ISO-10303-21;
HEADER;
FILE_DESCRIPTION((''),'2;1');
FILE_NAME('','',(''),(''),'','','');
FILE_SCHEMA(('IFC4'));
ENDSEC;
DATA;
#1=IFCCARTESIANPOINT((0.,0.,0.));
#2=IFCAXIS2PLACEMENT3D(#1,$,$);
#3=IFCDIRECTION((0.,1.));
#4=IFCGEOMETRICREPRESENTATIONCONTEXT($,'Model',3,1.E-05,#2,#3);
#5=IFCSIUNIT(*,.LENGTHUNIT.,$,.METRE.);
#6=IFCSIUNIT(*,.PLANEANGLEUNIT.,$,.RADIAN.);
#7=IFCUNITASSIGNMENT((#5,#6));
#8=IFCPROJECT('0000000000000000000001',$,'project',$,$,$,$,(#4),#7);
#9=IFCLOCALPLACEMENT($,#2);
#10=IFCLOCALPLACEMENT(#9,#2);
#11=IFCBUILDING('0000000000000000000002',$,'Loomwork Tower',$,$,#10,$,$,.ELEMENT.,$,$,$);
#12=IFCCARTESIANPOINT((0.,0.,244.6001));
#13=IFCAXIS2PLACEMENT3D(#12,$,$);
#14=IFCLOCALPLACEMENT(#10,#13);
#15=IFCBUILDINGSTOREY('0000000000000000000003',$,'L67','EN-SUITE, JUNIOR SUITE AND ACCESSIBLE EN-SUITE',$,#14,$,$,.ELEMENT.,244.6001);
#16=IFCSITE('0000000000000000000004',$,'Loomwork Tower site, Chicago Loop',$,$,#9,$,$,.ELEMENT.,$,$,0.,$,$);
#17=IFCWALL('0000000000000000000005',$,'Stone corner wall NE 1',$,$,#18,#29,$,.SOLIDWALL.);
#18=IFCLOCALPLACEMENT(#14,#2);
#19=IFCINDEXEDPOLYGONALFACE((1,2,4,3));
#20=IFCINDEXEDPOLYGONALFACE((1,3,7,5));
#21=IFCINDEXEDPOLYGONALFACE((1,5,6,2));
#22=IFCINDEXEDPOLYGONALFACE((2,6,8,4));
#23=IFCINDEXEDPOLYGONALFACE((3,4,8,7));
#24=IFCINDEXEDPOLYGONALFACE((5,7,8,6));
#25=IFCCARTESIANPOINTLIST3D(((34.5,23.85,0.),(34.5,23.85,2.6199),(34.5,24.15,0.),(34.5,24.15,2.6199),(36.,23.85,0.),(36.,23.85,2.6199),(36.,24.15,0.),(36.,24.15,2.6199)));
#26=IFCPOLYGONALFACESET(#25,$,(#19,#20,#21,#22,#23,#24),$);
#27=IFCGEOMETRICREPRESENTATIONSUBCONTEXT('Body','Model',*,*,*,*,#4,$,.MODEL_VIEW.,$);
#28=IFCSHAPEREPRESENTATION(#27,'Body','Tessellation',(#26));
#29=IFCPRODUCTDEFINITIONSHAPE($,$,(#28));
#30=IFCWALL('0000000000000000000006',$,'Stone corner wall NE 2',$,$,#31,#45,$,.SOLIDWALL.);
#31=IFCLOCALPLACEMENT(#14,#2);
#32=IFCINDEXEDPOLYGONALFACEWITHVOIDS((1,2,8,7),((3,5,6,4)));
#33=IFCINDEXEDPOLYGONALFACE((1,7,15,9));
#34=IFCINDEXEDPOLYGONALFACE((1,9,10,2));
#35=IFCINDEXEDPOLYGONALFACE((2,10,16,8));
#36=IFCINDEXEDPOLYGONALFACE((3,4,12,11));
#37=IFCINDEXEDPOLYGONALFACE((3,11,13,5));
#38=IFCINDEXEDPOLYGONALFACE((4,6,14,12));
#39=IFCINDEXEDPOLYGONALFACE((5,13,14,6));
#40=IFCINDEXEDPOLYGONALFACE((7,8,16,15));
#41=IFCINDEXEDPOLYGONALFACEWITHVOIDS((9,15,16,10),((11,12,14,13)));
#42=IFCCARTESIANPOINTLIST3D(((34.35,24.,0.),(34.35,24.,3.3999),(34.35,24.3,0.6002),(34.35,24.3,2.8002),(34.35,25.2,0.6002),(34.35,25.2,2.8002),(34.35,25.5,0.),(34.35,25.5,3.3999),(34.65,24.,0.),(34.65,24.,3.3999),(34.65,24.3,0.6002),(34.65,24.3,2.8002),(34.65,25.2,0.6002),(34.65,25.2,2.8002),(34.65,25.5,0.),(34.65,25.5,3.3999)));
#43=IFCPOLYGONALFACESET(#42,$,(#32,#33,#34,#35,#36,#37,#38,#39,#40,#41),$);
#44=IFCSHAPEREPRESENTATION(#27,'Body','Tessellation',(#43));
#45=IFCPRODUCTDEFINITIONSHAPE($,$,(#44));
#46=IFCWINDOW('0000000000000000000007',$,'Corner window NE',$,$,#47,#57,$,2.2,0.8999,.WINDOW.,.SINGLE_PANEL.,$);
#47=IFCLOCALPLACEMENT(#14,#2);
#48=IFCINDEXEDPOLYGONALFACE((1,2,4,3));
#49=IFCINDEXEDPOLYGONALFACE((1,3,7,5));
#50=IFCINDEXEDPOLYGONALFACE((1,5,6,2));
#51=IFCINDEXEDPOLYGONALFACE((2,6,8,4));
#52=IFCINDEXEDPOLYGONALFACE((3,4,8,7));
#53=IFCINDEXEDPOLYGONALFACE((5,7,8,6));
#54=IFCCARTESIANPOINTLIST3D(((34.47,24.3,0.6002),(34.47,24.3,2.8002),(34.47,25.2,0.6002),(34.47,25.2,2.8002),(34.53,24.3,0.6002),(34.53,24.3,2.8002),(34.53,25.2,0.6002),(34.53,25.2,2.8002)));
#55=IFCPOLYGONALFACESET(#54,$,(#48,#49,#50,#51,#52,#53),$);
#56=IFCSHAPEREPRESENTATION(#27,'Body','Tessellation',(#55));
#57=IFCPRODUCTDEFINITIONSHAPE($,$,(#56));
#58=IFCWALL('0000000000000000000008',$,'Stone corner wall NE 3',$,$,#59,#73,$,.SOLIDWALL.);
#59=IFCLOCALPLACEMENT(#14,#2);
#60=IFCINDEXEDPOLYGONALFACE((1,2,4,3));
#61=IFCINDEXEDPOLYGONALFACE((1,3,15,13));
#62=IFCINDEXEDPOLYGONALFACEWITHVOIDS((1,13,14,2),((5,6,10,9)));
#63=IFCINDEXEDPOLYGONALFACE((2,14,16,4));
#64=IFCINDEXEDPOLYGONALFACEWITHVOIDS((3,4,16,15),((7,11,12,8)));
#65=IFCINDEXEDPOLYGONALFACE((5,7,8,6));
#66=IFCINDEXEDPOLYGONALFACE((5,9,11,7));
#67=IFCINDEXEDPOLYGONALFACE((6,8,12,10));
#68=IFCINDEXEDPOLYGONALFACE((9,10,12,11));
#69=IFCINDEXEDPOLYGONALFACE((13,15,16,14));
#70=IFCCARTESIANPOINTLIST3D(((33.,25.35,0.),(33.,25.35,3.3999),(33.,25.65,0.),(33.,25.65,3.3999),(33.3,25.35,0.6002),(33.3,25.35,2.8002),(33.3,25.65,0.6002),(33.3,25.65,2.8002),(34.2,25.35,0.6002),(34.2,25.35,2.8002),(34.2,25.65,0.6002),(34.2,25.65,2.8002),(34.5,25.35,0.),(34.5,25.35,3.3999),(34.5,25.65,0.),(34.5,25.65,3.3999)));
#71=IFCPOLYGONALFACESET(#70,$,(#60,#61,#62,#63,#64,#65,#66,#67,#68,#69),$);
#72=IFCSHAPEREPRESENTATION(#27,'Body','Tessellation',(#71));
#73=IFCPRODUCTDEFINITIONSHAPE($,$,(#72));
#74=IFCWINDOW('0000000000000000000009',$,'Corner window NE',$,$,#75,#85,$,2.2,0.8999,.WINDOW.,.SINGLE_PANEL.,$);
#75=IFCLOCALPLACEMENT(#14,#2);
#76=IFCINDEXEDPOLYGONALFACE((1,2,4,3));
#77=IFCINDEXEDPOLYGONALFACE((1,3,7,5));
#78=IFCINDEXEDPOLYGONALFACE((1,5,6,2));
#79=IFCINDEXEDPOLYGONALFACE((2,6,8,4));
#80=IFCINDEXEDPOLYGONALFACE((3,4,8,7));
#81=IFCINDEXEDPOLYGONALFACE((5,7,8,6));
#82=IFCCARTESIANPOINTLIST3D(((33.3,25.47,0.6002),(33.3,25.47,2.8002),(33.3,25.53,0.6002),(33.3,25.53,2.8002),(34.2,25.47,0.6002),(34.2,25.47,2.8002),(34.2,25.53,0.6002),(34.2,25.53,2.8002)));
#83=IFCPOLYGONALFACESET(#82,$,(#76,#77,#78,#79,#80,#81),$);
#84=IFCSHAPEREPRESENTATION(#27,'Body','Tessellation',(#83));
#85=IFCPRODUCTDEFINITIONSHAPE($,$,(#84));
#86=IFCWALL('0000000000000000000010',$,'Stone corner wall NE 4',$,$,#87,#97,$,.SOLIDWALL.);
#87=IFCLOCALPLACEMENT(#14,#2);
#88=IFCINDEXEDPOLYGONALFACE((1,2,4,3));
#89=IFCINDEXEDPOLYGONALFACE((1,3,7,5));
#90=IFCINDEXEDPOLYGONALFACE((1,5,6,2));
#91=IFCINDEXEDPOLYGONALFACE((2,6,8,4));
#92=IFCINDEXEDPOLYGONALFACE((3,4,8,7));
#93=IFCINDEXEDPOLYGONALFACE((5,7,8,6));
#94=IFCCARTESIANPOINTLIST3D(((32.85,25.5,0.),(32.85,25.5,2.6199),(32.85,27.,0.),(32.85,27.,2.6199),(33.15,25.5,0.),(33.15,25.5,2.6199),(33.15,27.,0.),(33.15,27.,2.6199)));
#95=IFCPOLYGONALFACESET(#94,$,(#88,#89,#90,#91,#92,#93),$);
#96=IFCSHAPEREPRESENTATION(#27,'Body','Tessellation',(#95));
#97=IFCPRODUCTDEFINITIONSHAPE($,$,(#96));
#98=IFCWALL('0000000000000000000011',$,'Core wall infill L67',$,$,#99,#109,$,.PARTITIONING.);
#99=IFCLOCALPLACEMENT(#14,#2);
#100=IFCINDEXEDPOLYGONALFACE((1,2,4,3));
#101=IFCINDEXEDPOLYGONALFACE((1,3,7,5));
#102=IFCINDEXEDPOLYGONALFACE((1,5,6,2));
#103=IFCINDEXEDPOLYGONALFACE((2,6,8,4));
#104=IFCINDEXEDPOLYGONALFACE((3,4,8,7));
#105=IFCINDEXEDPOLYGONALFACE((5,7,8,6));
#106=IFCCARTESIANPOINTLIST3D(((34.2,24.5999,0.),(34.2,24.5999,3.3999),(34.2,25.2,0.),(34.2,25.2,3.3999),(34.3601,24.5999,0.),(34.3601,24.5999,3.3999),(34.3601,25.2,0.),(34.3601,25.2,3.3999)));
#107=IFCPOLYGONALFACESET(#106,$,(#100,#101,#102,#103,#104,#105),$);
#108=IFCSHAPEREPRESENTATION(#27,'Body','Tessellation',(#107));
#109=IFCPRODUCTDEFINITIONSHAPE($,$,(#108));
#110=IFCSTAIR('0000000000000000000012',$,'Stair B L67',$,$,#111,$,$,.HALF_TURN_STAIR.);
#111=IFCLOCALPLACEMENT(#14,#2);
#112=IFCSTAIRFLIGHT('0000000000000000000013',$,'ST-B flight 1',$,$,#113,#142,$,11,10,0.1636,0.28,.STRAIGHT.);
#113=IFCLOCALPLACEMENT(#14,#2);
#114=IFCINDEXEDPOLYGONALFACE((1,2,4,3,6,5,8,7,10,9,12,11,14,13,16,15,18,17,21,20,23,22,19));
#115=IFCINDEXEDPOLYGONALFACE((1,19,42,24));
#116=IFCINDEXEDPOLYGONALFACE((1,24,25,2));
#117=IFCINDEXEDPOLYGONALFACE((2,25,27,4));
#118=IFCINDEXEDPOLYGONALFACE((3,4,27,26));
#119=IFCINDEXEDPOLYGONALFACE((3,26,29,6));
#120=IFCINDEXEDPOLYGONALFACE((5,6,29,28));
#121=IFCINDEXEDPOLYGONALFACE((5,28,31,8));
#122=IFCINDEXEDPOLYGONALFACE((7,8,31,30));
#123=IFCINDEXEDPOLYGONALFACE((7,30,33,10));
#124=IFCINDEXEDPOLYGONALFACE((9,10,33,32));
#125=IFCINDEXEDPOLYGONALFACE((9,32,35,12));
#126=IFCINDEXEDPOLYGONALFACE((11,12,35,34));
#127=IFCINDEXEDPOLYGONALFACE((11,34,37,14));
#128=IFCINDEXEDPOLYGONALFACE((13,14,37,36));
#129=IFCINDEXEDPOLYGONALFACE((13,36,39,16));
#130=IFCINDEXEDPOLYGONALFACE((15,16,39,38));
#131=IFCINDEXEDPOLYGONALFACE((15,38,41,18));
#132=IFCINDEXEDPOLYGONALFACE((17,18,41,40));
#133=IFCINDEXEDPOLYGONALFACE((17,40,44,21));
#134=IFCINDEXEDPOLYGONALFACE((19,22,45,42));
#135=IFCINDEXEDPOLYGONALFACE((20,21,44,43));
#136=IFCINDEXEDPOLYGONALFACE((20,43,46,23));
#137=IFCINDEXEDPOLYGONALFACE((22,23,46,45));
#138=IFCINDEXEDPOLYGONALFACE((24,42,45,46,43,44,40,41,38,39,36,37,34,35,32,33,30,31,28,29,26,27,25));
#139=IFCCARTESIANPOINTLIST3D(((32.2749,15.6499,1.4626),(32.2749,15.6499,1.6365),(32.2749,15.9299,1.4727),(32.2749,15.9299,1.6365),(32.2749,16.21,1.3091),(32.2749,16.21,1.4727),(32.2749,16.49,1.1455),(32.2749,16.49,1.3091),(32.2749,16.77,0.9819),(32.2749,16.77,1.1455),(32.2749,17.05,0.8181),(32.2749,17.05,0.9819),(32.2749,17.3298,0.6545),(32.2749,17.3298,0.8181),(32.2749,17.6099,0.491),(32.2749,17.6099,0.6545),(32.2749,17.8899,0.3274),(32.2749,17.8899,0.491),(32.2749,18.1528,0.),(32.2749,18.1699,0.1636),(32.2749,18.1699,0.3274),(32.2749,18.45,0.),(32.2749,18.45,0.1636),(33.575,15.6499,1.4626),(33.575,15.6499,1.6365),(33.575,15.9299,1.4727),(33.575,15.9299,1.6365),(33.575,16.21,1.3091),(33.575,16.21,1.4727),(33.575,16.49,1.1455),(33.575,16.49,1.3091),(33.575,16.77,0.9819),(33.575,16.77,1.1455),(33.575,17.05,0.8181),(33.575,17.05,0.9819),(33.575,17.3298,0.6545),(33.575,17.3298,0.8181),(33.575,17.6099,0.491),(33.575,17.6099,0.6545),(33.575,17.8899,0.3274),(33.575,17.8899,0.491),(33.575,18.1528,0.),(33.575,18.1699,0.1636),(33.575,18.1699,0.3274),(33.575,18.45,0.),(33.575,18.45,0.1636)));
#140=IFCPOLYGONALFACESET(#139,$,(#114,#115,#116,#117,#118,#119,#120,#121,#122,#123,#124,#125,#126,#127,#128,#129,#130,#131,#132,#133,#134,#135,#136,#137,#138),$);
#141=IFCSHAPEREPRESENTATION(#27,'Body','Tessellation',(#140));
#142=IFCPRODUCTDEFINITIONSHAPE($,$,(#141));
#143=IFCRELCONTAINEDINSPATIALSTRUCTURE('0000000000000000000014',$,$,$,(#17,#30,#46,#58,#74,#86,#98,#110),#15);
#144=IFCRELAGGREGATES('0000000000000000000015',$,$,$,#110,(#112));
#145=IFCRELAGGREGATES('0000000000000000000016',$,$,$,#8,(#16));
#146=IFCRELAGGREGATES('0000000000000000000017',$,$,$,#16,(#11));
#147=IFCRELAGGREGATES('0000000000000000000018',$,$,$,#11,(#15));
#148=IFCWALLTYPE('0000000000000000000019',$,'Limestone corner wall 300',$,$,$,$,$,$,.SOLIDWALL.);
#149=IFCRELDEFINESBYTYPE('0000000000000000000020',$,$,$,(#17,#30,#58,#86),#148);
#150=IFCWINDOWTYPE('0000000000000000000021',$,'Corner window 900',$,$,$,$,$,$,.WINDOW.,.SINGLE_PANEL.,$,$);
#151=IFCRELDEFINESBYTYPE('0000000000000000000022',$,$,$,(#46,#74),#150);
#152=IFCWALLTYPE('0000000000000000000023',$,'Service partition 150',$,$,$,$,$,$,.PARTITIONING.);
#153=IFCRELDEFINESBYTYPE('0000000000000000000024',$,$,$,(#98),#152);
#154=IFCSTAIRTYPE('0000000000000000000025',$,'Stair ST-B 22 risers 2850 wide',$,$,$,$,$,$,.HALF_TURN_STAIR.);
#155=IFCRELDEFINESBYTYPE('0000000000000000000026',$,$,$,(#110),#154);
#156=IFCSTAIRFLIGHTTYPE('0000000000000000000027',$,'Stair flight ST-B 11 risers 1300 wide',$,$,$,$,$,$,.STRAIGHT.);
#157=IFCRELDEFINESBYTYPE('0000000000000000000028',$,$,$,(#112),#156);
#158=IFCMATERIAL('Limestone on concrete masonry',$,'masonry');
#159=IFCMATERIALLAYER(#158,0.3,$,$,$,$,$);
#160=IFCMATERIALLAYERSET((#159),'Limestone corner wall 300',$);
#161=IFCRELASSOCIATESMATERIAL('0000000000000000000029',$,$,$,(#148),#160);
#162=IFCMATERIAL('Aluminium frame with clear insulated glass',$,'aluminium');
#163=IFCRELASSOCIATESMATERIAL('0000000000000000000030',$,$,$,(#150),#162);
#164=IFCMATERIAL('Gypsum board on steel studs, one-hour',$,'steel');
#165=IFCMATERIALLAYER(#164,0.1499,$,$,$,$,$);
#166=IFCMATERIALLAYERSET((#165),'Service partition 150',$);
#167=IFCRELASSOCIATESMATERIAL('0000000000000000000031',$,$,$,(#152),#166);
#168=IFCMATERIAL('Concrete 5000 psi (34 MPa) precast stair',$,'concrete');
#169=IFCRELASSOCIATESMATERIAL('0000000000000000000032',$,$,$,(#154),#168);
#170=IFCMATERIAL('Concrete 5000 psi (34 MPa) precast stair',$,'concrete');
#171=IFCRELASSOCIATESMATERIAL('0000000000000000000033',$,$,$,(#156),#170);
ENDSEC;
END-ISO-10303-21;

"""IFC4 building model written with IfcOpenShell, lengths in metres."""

from ifc_helpers import new_model, si_unit, direction, frame, frame_2d, origin, place, context, subcontext, project, spatial, polyline, rectangle, outline, extrude, material, layer, layer_set, type_object, element, fill, aggregate, save


model = new_model("IFC4")

# Units and contexts
model_context = context("Model", 3, precision=1e-05, world=origin(), true_north=direction((0.0, 1.0)))
body_context = subcontext(model_context, "Body", "Model", "MODEL_VIEW")
ifc_project = project(units=[si_unit("LENGTHUNIT", "METRE"), si_unit("PLANEANGLEUNIT", "RADIAN")], contexts=[model_context])

# Site, building, storey
site_placement = place(None, origin())
site = spatial("IfcSite", under=ifc_project, at=site_placement, Name="Loomwork Tower site, Chicago Loop", CompositionType="ELEMENT", RefElevation=0.0)
building_placement = place(site_placement, origin())
building = spatial("IfcBuilding", under=site, at=building_placement, Name="Loomwork Tower", CompositionType="ELEMENT")
storey_placement = place(building_placement, frame((0.0, 0.0, 244.6001)))
storey = spatial("IfcBuildingStorey", under=building, at=storey_placement, Name="L67", Description="EN-SUITE, JUNIOR SUITE AND ACCESSIBLE EN-SUITE", CompositionType="ELEMENT", Elevation=244.6001)

# Wall
ifc_material_1 = material(Name="Limestone on concrete masonry", Category="masonry")
ifc_layer_1 = layer(ifc_material_1, 0.3)
ifc_layer_set_1 = layer_set([ifc_layer_1], Name="Limestone corner wall 300")
wall_type_1 = type_object("IfcWallType", Name="Limestone corner wall 300", PredefinedType="SOLIDWALL", material=ifc_layer_set_1)
wall_1_placement = place(storey_placement, frame((36.0, 24.0, 0.0), z_axis=(0.0, 0.0, 1.0), x_axis=(-1.0, 0.0, 0.0)))
element("IfcWall", 1, at=wall_1_placement, inside=storey, type_object=wall_type_1, Name="Stone corner wall NE 1", PredefinedType="SOLIDWALL", context=body_context, shape_type="SweptSolid", body=[
    extrude(rectangle(XDim=1.5, YDim=0.3, at=frame_2d((0.75, 0.0))), origin(), (0.0, 0.0, 1.0), 2.6199),
])

# Walls, openings, windows
wall_2_placement = place(storey_placement, frame((34.5, 24.0, 0.0), z_axis=(0.0, 0.0, 1.0), x_axis=(0.0, 1.0, 0.0)))
wall_2 = element("IfcWall", 2, at=wall_2_placement, inside=storey, type_object=wall_type_1, Name="Stone corner wall NE 2", PredefinedType="SOLIDWALL", context=body_context, shape_type="SweptSolid", body=[
    extrude(rectangle(XDim=1.5, YDim=0.3, at=frame_2d((0.75, 0.0))), origin(), (0.0, 0.0, 1.0), 3.3999),
])
opening_1_placement = place(wall_2_placement, frame((0.3, 0.0, 0.6001)))
opening_1 = element("IfcOpeningElement", 3, at=opening_1_placement, cuts=wall_2, PredefinedType="OPENING", context=body_context, shape_type="SweptSolid", body=[
    extrude(rectangle(XDim=0.8999, YDim=2.2, at=frame_2d((0.45, 1.1001))), frame((0.0, 0.1599, 0.0), z_axis=(0.0, -1.0, 0.0), x_axis=(1.0, 0.0, 0.0)), (0.0, 0.0, 1.0), 0.3201),
])
ifc_material_2 = material(Name="Aluminium frame with clear insulated glass", Category="aluminium")
window_type = type_object("IfcWindowType", Name="Corner window 900", PartitioningType="SINGLE_PANEL", PredefinedType="WINDOW", material=ifc_material_2)
window_1_placement = place(opening_1_placement, origin())
window_1 = element("IfcWindow", 4, at=window_1_placement, inside=storey, type_object=window_type, Name="Corner window NE", OverallHeight=2.2, OverallWidth=0.8999, PartitioningType="SINGLE_PANEL", PredefinedType="WINDOW", context=body_context, shape_type="SweptSolid", body=[
    extrude(rectangle(XDim=0.8999, YDim=2.2, at=frame_2d((0.45, 1.1001))), frame((0.0, 0.03, 0.0), z_axis=(0.0, -1.0, 0.0), x_axis=(1.0, 0.0, 0.0)), (0.0, 0.0, 1.0), 0.0601),
])
fill(opening_1, window_1)
wall_3_placement = place(storey_placement, frame((34.5, 25.5, 0.0), z_axis=(0.0, 0.0, 1.0), x_axis=(-1.0, 0.0, 0.0)))
wall_3 = element("IfcWall", 5, at=wall_3_placement, inside=storey, type_object=wall_type_1, Name="Stone corner wall NE 3", PredefinedType="SOLIDWALL", context=body_context, shape_type="SweptSolid", body=[
    extrude(rectangle(XDim=1.5, YDim=0.3, at=frame_2d((0.75, 0.0))), origin(), (0.0, 0.0, 1.0), 3.3999),
])
opening_2_placement = place(wall_3_placement, frame((0.3, 0.0, 0.6001)))
opening_2 = element("IfcOpeningElement", 6, at=opening_2_placement, cuts=wall_3, PredefinedType="OPENING", context=body_context, shape_type="SweptSolid", body=[
    extrude(rectangle(XDim=0.8999, YDim=2.2, at=frame_2d((0.45, 1.1001))), frame((0.0, 0.1599, 0.0), z_axis=(0.0, -1.0, 0.0), x_axis=(1.0, 0.0, 0.0)), (0.0, 0.0, 1.0), 0.3201),
])
window_2_placement = place(opening_2_placement, origin())
window_2 = element("IfcWindow", 7, at=window_2_placement, inside=storey, type_object=window_type, Name="Corner window NE", OverallHeight=2.2, OverallWidth=0.8999, PartitioningType="SINGLE_PANEL", PredefinedType="WINDOW", context=body_context, shape_type="SweptSolid", body=[
    extrude(rectangle(XDim=0.8999, YDim=2.2, at=frame_2d((0.45, 1.1001))), frame((0.0, 0.03, 0.0), z_axis=(0.0, -1.0, 0.0), x_axis=(1.0, 0.0, 0.0)), (0.0, 0.0, 1.0), 0.0601),
])
fill(opening_2, window_2)

# Walls
wall_4_placement = place(storey_placement, frame((33.0, 25.5, 0.0), z_axis=(0.0, 0.0, 1.0), x_axis=(0.0, 1.0, 0.0)))
element("IfcWall", 8, at=wall_4_placement, inside=storey, type_object=wall_type_1, Name="Stone corner wall NE 4", PredefinedType="SOLIDWALL", context=body_context, shape_type="SweptSolid", body=[
    extrude(rectangle(XDim=1.5, YDim=0.3, at=frame_2d((0.75, 0.0))), origin(), (0.0, 0.0, 1.0), 2.6199),
])
ifc_material_3 = material(Name="Gypsum board on steel studs, one-hour", Category="steel")
ifc_layer_2 = layer(ifc_material_3, 0.1499)
ifc_layer_set_2 = layer_set([ifc_layer_2], Name="Service partition 150")
wall_type_2 = type_object("IfcWallType", Name="Service partition 150", PredefinedType="PARTITIONING", material=ifc_layer_set_2)
wall_5_placement = place(storey_placement, frame((34.2, 24.8999, 0.0), z_axis=(0.0, 0.0, 1.0), x_axis=(1.0, 0.0, 0.0)))
element("IfcWall", 9, at=wall_5_placement, inside=storey, type_object=wall_type_2, Name="Core wall infill L67", PredefinedType="PARTITIONING", context=body_context, shape_type="SweptSolid", body=[
    extrude(rectangle(XDim=0.1602, YDim=0.6001, at=frame_2d((0.0801, 0.0))), origin(), (0.0, 0.0, 1.0), 3.3999),
])

# Stair, stair flight
ifc_material_4 = material(Name="Concrete 5000 psi (34 MPa) precast stair", Category="concrete")
stair_type = type_object("IfcStairType", Name="Stair ST-B 22 risers 2850 wide", PredefinedType="HALF_TURN_STAIR", material=ifc_material_4)
stair_placement = place(storey_placement, origin())
stair = element("IfcStair", 10, at=stair_placement, inside=storey, type_object=stair_type, Name="Stair B L67", PredefinedType="HALF_TURN_STAIR")
ifc_material_5 = material(Name="Concrete 5000 psi (34 MPa) precast stair", Category="concrete")
stair_flight_type = type_object("IfcStairFlightType", Name="Stair flight ST-B 11 risers 1300 wide", PredefinedType="STRAIGHT", material=ifc_material_5)
stair_flight_placement = place(storey_placement, frame((32.925, 18.45, 0.0), z_axis=(0.0, 0.0, 1.0), x_axis=(0.0, -1.0, 0.0)))
stair_flight = element("IfcStairFlight", 11, at=stair_flight_placement, type_object=stair_flight_type, Name="ST-B flight 1", NumberOfRisers=11, NumberOfTreads=10, PredefinedType="STRAIGHT", RiserHeight=0.1636, TreadLength=0.28, context=body_context, shape_type="SweptSolid", body=[
    extrude(outline(polyline([(0.0, 0.0), (0.0, 0.1636), (0.28, 0.1636), (0.28, 0.3274), (0.5601, 0.3274), (0.5601, 0.491), (0.8401, 0.491), (0.8401, 0.6545), (1.1201, 0.6545), (1.1201, 0.8181), (1.3999, 0.8181), (1.3999, 0.9819), (1.6799, 0.9819), (1.6799, 1.1455), (1.96, 1.1455), (1.96, 1.3091), (2.24, 1.3091), (2.24, 1.4727), (2.52, 1.4727), (2.52, 1.6365), (2.8, 1.6365), (2.8, 1.8), (2.8, 1.4626), (0.2971, 0.0), (0.0, 0.0)])), frame((0.0, 0.6499, 0.0), z_axis=(0.0, -1.0, 0.0), x_axis=(1.0, 0.0, 0.0)), (0.0, 0.0, 1.0), 1.3),
])
aggregate(stair, [stair_flight])

save(model, "model.ifc")
